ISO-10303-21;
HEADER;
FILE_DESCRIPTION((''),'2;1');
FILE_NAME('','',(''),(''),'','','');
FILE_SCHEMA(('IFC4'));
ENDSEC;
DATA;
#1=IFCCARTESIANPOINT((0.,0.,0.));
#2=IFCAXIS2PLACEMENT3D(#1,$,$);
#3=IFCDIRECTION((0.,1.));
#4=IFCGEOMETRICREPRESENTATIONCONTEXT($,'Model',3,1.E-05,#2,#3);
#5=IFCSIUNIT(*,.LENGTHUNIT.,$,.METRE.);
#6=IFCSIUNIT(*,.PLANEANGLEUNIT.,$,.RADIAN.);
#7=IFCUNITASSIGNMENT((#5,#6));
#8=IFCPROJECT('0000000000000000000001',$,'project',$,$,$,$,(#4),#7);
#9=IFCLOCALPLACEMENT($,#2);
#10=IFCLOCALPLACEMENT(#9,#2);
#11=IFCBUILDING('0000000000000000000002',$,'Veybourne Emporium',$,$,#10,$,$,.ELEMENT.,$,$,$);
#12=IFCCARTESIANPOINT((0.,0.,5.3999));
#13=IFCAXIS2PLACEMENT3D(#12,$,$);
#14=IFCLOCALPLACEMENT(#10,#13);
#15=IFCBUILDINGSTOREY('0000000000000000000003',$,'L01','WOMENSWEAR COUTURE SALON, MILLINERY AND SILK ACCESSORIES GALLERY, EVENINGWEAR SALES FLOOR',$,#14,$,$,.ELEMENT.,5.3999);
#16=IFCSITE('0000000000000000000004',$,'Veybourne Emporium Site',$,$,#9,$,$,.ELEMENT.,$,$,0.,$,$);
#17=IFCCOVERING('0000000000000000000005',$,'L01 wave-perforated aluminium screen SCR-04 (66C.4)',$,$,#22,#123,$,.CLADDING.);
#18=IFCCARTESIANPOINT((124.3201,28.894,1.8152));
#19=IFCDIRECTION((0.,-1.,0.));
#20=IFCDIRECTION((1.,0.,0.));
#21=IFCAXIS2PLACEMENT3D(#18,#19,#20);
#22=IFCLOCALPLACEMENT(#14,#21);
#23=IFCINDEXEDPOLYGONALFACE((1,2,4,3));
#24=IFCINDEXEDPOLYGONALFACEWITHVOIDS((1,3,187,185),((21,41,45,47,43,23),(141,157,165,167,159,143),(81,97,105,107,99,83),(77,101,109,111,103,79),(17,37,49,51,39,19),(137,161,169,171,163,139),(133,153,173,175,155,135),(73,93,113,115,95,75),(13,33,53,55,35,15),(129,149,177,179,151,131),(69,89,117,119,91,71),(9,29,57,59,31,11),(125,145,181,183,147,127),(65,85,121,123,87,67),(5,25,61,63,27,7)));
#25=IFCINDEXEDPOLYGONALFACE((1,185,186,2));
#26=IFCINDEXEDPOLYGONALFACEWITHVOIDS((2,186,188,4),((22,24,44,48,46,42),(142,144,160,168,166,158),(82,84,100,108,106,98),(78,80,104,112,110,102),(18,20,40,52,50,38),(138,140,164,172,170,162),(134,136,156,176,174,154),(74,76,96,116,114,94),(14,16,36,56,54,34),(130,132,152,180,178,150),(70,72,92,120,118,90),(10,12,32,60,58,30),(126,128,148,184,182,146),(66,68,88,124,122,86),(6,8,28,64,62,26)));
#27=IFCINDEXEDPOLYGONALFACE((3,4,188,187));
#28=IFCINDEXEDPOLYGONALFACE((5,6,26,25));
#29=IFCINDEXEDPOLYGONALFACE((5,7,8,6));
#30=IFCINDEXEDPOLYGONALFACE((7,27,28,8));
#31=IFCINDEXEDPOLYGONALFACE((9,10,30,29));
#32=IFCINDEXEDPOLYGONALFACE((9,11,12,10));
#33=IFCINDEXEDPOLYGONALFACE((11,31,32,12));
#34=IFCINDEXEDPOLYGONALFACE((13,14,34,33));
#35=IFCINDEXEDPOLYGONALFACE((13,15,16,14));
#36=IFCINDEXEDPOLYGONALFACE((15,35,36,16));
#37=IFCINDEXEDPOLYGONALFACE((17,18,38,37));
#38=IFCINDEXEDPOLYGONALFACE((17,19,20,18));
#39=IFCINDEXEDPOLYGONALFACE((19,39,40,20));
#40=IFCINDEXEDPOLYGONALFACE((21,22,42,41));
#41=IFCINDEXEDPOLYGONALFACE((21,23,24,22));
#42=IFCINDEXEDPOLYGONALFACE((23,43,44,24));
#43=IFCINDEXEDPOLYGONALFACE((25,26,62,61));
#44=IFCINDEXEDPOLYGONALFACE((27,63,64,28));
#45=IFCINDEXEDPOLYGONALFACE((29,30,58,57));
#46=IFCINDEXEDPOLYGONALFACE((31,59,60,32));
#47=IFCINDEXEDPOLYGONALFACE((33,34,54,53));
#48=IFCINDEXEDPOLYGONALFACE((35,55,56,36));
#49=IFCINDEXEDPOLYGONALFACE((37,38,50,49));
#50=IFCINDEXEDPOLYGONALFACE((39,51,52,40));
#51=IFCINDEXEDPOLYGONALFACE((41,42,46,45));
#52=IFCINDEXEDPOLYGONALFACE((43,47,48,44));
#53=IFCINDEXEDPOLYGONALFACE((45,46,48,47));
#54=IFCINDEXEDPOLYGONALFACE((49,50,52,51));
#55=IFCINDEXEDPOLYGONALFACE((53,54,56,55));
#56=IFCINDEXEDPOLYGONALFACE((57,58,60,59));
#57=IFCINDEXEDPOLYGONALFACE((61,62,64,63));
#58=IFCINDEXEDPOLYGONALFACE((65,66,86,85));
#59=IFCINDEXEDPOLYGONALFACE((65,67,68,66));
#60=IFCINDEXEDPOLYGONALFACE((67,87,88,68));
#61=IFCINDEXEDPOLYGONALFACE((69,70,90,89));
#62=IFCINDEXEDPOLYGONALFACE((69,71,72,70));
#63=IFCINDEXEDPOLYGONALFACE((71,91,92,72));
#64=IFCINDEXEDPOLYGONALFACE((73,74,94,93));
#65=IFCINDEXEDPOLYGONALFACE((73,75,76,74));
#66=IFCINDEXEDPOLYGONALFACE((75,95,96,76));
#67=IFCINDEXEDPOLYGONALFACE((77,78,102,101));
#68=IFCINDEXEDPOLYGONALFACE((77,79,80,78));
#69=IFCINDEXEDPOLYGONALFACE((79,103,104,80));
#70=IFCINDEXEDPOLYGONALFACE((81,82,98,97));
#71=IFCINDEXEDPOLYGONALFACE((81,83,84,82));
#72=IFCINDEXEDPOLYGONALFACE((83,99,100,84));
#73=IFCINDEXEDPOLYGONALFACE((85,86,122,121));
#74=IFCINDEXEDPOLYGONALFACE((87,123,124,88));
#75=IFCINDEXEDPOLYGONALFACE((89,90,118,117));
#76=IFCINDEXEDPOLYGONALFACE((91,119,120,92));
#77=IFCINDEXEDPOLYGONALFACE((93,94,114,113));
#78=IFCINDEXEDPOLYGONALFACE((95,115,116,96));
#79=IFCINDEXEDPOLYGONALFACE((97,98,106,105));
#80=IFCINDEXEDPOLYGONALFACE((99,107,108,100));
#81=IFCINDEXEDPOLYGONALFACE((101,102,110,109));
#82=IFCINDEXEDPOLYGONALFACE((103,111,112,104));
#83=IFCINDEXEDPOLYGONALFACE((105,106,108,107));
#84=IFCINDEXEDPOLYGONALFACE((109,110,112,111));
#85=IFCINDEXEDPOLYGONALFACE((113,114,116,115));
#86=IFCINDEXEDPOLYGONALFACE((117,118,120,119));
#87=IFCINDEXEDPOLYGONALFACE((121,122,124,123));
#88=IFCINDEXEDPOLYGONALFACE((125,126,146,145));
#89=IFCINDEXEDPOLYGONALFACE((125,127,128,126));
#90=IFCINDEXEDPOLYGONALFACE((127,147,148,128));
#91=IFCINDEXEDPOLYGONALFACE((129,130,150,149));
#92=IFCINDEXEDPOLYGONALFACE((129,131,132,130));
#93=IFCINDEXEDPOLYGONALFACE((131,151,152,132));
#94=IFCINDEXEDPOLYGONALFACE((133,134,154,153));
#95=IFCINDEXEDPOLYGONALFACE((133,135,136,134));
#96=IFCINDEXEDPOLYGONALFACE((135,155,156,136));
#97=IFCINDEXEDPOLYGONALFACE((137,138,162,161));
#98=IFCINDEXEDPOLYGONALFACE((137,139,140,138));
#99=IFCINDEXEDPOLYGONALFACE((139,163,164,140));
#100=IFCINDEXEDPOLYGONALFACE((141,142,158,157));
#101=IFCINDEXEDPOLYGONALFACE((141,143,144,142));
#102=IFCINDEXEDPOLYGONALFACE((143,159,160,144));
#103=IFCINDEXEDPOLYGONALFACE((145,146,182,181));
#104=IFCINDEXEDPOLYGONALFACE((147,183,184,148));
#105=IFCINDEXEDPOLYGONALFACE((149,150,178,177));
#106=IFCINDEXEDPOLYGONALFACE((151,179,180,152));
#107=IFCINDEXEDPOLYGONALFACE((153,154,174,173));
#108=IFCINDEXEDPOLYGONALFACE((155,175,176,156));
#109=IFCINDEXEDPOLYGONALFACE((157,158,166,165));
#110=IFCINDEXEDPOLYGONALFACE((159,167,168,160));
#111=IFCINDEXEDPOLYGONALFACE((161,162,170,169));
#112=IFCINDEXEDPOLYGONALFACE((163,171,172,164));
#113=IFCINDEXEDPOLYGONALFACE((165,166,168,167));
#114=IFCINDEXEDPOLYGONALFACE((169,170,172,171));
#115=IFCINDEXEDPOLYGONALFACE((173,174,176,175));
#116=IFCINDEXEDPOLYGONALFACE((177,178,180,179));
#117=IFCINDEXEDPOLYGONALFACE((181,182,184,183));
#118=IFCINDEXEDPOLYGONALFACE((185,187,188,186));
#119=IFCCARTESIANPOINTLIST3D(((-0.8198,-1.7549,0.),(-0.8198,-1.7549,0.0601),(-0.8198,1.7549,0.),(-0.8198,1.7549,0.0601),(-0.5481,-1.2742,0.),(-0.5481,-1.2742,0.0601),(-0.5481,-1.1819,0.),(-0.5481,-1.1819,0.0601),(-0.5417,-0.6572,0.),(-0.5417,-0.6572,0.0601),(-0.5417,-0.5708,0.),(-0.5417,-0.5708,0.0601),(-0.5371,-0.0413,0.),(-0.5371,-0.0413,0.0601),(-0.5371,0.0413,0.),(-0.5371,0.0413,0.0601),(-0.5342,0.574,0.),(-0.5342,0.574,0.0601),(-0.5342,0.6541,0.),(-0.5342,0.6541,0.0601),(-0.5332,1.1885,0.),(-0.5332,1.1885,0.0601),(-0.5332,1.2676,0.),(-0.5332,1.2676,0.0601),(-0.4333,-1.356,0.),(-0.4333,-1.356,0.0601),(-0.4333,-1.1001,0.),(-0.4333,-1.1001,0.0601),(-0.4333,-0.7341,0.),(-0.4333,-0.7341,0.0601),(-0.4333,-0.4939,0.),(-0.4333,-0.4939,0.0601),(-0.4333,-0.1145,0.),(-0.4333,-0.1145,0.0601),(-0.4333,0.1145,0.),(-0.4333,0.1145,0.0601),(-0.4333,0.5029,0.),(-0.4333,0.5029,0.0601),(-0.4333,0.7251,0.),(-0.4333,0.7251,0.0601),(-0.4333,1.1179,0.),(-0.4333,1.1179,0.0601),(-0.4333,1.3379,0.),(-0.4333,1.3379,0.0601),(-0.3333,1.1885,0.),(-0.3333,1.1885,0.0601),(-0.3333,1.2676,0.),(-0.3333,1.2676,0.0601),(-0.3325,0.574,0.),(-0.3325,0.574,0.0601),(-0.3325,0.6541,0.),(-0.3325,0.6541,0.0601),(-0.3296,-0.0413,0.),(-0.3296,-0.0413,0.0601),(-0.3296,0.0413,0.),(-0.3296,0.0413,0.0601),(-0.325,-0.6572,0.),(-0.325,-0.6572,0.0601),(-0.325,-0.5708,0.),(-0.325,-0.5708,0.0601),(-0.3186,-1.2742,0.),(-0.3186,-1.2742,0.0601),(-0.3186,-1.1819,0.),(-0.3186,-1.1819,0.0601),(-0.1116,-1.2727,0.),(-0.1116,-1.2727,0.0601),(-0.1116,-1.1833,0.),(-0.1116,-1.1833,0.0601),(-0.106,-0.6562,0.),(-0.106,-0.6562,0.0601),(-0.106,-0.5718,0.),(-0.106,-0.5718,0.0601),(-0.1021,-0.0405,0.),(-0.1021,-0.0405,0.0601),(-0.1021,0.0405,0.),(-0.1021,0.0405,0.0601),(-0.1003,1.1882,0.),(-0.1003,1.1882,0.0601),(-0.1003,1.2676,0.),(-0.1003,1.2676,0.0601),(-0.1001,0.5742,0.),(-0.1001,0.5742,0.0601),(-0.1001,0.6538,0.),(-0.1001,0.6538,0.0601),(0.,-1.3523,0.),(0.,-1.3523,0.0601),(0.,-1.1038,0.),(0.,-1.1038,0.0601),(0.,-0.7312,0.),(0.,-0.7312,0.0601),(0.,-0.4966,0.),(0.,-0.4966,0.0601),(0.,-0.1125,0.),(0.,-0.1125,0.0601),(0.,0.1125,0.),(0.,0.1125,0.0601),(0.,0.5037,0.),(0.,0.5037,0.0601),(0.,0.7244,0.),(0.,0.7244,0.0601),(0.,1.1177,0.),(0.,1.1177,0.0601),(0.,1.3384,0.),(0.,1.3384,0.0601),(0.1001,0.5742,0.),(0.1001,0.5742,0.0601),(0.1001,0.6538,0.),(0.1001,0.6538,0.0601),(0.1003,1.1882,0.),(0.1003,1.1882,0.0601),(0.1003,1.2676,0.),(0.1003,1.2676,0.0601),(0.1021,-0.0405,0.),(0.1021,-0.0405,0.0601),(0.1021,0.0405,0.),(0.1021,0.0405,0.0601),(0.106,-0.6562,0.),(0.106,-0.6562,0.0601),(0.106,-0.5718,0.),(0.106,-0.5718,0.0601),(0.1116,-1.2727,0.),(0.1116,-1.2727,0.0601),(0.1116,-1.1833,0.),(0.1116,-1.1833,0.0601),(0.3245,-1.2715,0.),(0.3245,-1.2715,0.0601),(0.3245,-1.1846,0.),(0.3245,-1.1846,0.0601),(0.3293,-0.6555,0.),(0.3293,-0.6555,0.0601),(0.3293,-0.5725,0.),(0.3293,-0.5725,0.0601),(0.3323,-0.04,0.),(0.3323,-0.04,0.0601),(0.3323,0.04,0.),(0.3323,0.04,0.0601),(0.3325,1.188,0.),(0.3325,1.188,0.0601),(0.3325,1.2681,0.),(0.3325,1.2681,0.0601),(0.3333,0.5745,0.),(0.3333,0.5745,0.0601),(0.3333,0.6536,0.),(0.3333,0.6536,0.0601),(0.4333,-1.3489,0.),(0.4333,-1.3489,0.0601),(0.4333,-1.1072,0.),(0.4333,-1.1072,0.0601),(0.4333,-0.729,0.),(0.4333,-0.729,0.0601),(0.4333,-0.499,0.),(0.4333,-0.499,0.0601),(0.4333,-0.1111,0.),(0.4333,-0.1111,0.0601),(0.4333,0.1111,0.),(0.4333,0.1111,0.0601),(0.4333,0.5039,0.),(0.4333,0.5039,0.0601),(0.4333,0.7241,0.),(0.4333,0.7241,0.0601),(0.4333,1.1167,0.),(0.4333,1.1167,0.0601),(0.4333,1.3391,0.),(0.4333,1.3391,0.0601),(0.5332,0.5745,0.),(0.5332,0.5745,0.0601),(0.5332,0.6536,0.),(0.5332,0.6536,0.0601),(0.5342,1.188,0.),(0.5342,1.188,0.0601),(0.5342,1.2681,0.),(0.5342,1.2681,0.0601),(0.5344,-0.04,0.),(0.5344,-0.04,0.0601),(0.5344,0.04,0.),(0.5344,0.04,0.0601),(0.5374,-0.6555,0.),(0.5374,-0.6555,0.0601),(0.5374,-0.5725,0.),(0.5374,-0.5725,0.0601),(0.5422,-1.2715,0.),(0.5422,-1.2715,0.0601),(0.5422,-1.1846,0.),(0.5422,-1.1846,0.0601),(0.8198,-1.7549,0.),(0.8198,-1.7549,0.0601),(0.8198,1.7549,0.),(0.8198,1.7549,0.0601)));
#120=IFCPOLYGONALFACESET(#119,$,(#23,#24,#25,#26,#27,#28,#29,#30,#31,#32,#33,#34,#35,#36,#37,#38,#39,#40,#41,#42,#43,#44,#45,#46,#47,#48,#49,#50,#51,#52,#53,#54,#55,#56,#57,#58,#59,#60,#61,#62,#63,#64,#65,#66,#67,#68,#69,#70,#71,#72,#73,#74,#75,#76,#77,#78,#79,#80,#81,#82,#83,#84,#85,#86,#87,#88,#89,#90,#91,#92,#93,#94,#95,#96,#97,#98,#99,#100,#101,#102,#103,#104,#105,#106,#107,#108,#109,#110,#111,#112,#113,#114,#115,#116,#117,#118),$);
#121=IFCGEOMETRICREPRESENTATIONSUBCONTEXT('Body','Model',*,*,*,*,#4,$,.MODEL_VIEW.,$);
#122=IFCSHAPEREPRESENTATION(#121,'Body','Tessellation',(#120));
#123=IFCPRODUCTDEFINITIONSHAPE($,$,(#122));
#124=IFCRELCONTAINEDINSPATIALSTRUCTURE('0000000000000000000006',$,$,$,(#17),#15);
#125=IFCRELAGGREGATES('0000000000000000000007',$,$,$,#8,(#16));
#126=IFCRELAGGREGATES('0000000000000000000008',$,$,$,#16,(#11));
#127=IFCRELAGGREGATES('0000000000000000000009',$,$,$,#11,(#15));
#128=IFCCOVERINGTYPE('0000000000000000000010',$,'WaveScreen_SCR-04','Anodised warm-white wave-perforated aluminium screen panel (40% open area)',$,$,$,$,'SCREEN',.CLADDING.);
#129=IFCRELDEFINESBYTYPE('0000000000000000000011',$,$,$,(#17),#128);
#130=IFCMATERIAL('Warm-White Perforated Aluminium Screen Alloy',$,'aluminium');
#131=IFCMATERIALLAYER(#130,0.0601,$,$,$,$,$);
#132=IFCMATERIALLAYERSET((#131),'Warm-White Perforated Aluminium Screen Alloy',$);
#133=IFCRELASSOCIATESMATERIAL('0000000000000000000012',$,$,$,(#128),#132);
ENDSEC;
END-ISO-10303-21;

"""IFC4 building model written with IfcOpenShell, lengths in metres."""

from ifc_helpers import new_model, si_unit, direction, frame, origin, place, context, subcontext, project, spatial, polyline, outline, extrude, material, layer, layer_set, type_object, element, save


model = new_model("IFC4")

# Units and contexts
model_context = context("Model", 3, precision=1e-05, world=origin(), true_north=direction((0.0, 1.0)))
body_context = subcontext(model_context, "Body", "Model", "MODEL_VIEW")
ifc_project = project(units=[si_unit("LENGTHUNIT", "METRE"), si_unit("PLANEANGLEUNIT", "RADIAN")], contexts=[model_context])

# Site, building, storey
site_placement = place(None, origin())
site = spatial("IfcSite", under=ifc_project, at=site_placement, Name="Veybourne Emporium Site", CompositionType="ELEMENT", RefElevation=0.0)
building_placement = place(site_placement, origin())
building = spatial("IfcBuilding", under=site, at=building_placement, Name="Veybourne Emporium", CompositionType="ELEMENT")
storey_placement = place(building_placement, frame((0.0, 0.0, 5.3999)))
storey = spatial("IfcBuildingStorey", under=building, at=storey_placement, Name="L01", Description="WOMENSWEAR COUTURE SALON, MILLINERY AND SILK ACCESSORIES GALLERY, EVENINGWEAR SALES FLOOR", CompositionType="ELEMENT", Elevation=5.3999)

# Covering
ifc_material_1 = material(Name="Warm-White Perforated Aluminium Screen Alloy", Category="aluminium")
ifc_layer_1 = layer(ifc_material_1, 0.0601)
ifc_layer_set_1 = layer_set([ifc_layer_1], Name="Warm-White Perforated Aluminium Screen Alloy")
covering_type_1 = type_object("IfcCoveringType", Name="WaveScreen_SCR-04", Description="Anodised warm-white wave-perforated aluminium screen panel (40% open area)", ElementType="SCREEN", PredefinedType="CLADDING", material=ifc_layer_set_1)
covering_1_placement = place(storey_placement, frame((124.3201, 28.894, 1.8152), z_axis=(0.0, -1.0, 0.0), x_axis=(1.0, 0.0, 0.0)))
element("IfcCovering", 1, at=covering_1_placement, inside=storey, type_object=covering_type_1, Name="L01 wave-perforated aluminium screen SCR-04 (66C.4)", PredefinedType="CLADDING", context=body_context, shape_type="SweptSolid", body=[
    extrude(outline(polyline([(-0.8198, -1.7549), (0.8198, -1.7549), (0.8198, 1.7549), (-0.8198, 1.7549), (-0.8198, -1.7549)]), holes=[polyline([(-0.4333, -1.1001), (-0.3186, -1.1819), (-0.3186, -1.2742), (-0.4333, -1.356), (-0.5481, -1.2742), (-0.5481, -1.1819), (-0.4333, -1.1001)]), polyline([(-0.4333, -0.4939), (-0.325, -0.5708), (-0.325, -0.6572), (-0.4333, -0.7341), (-0.5417, -0.6572), (-0.5417, -0.5708), (-0.4333, -0.4939)]), polyline([(-0.4333, 0.1145), (-0.3296, 0.0413), (-0.3296, -0.0413), (-0.4333, -0.1145), (-0.5371, -0.0413), (-0.5371, 0.0413), (-0.4333, 0.1145)]), polyline([(-0.4333, 0.7251), (-0.3325, 0.6541), (-0.3325, 0.574), (-0.4333, 0.5029), (-0.5342, 0.574), (-0.5342, 0.6541), (-0.4333, 0.7251)]), polyline([(-0.4333, 1.3379), (-0.3333, 1.2676), (-0.3333, 1.1885), (-0.4333, 1.1179), (-0.5332, 1.1885), (-0.5332, 1.2676), (-0.4333, 1.3379)]), polyline([(0.0, -1.1038), (0.1116, -1.1833), (0.1116, -1.2727), (0.0, -1.3523), (-0.1116, -1.2727), (-0.1116, -1.1833), (0.0, -1.1038)]), polyline([(0.0, -0.4966), (0.106, -0.5718), (0.106, -0.6562), (0.0, -0.7312), (-0.106, -0.6562), (-0.106, -0.5718), (0.0, -0.4966)]), polyline([(0.0, 0.1125), (0.1021, 0.0405), (0.1021, -0.0405), (0.0, -0.1125), (-0.1021, -0.0405), (-0.1021, 0.0405), (0.0, 0.1125)]), polyline([(0.0, 0.7244), (0.1001, 0.6538), (0.1001, 0.5742), (0.0, 0.5037), (-0.1001, 0.5742), (-0.1001, 0.6538), (0.0, 0.7244)]), polyline([(0.0, 1.3384), (0.1003, 1.2676), (0.1003, 1.1882), (0.0, 1.1177), (-0.1003, 1.1882), (-0.1003, 1.2676), (0.0, 1.3384)]), polyline([(0.4333, -1.1072), (0.5422, -1.1846), (0.5422, -1.2715), (0.4333, -1.3489), (0.3245, -1.2715), (0.3245, -1.1846), (0.4333, -1.1072)]), polyline([(0.4333, -0.499), (0.5374, -0.5725), (0.5374, -0.6555), (0.4333, -0.729), (0.3293, -0.6555), (0.3293, -0.5725), (0.4333, -0.499)]), polyline([(0.4333, 0.1111), (0.5344, 0.04), (0.5344, -0.04), (0.4333, -0.1111), (0.3323, -0.04), (0.3323, 0.04), (0.4333, 0.1111)]), polyline([(0.4333, 0.7241), (0.5332, 0.6536), (0.5332, 0.5745), (0.4333, 0.5039), (0.3333, 0.5745), (0.3333, 0.6536), (0.4333, 0.7241)]), polyline([(0.4333, 1.3391), (0.5342, 1.2681), (0.5342, 1.188), (0.4333, 1.1167), (0.3325, 1.188), (0.3325, 1.2681), (0.4333, 1.3391)])]), origin(), (0.0, 0.0, 1.0), 0.0601),
])

save(model, "model.ifc")
